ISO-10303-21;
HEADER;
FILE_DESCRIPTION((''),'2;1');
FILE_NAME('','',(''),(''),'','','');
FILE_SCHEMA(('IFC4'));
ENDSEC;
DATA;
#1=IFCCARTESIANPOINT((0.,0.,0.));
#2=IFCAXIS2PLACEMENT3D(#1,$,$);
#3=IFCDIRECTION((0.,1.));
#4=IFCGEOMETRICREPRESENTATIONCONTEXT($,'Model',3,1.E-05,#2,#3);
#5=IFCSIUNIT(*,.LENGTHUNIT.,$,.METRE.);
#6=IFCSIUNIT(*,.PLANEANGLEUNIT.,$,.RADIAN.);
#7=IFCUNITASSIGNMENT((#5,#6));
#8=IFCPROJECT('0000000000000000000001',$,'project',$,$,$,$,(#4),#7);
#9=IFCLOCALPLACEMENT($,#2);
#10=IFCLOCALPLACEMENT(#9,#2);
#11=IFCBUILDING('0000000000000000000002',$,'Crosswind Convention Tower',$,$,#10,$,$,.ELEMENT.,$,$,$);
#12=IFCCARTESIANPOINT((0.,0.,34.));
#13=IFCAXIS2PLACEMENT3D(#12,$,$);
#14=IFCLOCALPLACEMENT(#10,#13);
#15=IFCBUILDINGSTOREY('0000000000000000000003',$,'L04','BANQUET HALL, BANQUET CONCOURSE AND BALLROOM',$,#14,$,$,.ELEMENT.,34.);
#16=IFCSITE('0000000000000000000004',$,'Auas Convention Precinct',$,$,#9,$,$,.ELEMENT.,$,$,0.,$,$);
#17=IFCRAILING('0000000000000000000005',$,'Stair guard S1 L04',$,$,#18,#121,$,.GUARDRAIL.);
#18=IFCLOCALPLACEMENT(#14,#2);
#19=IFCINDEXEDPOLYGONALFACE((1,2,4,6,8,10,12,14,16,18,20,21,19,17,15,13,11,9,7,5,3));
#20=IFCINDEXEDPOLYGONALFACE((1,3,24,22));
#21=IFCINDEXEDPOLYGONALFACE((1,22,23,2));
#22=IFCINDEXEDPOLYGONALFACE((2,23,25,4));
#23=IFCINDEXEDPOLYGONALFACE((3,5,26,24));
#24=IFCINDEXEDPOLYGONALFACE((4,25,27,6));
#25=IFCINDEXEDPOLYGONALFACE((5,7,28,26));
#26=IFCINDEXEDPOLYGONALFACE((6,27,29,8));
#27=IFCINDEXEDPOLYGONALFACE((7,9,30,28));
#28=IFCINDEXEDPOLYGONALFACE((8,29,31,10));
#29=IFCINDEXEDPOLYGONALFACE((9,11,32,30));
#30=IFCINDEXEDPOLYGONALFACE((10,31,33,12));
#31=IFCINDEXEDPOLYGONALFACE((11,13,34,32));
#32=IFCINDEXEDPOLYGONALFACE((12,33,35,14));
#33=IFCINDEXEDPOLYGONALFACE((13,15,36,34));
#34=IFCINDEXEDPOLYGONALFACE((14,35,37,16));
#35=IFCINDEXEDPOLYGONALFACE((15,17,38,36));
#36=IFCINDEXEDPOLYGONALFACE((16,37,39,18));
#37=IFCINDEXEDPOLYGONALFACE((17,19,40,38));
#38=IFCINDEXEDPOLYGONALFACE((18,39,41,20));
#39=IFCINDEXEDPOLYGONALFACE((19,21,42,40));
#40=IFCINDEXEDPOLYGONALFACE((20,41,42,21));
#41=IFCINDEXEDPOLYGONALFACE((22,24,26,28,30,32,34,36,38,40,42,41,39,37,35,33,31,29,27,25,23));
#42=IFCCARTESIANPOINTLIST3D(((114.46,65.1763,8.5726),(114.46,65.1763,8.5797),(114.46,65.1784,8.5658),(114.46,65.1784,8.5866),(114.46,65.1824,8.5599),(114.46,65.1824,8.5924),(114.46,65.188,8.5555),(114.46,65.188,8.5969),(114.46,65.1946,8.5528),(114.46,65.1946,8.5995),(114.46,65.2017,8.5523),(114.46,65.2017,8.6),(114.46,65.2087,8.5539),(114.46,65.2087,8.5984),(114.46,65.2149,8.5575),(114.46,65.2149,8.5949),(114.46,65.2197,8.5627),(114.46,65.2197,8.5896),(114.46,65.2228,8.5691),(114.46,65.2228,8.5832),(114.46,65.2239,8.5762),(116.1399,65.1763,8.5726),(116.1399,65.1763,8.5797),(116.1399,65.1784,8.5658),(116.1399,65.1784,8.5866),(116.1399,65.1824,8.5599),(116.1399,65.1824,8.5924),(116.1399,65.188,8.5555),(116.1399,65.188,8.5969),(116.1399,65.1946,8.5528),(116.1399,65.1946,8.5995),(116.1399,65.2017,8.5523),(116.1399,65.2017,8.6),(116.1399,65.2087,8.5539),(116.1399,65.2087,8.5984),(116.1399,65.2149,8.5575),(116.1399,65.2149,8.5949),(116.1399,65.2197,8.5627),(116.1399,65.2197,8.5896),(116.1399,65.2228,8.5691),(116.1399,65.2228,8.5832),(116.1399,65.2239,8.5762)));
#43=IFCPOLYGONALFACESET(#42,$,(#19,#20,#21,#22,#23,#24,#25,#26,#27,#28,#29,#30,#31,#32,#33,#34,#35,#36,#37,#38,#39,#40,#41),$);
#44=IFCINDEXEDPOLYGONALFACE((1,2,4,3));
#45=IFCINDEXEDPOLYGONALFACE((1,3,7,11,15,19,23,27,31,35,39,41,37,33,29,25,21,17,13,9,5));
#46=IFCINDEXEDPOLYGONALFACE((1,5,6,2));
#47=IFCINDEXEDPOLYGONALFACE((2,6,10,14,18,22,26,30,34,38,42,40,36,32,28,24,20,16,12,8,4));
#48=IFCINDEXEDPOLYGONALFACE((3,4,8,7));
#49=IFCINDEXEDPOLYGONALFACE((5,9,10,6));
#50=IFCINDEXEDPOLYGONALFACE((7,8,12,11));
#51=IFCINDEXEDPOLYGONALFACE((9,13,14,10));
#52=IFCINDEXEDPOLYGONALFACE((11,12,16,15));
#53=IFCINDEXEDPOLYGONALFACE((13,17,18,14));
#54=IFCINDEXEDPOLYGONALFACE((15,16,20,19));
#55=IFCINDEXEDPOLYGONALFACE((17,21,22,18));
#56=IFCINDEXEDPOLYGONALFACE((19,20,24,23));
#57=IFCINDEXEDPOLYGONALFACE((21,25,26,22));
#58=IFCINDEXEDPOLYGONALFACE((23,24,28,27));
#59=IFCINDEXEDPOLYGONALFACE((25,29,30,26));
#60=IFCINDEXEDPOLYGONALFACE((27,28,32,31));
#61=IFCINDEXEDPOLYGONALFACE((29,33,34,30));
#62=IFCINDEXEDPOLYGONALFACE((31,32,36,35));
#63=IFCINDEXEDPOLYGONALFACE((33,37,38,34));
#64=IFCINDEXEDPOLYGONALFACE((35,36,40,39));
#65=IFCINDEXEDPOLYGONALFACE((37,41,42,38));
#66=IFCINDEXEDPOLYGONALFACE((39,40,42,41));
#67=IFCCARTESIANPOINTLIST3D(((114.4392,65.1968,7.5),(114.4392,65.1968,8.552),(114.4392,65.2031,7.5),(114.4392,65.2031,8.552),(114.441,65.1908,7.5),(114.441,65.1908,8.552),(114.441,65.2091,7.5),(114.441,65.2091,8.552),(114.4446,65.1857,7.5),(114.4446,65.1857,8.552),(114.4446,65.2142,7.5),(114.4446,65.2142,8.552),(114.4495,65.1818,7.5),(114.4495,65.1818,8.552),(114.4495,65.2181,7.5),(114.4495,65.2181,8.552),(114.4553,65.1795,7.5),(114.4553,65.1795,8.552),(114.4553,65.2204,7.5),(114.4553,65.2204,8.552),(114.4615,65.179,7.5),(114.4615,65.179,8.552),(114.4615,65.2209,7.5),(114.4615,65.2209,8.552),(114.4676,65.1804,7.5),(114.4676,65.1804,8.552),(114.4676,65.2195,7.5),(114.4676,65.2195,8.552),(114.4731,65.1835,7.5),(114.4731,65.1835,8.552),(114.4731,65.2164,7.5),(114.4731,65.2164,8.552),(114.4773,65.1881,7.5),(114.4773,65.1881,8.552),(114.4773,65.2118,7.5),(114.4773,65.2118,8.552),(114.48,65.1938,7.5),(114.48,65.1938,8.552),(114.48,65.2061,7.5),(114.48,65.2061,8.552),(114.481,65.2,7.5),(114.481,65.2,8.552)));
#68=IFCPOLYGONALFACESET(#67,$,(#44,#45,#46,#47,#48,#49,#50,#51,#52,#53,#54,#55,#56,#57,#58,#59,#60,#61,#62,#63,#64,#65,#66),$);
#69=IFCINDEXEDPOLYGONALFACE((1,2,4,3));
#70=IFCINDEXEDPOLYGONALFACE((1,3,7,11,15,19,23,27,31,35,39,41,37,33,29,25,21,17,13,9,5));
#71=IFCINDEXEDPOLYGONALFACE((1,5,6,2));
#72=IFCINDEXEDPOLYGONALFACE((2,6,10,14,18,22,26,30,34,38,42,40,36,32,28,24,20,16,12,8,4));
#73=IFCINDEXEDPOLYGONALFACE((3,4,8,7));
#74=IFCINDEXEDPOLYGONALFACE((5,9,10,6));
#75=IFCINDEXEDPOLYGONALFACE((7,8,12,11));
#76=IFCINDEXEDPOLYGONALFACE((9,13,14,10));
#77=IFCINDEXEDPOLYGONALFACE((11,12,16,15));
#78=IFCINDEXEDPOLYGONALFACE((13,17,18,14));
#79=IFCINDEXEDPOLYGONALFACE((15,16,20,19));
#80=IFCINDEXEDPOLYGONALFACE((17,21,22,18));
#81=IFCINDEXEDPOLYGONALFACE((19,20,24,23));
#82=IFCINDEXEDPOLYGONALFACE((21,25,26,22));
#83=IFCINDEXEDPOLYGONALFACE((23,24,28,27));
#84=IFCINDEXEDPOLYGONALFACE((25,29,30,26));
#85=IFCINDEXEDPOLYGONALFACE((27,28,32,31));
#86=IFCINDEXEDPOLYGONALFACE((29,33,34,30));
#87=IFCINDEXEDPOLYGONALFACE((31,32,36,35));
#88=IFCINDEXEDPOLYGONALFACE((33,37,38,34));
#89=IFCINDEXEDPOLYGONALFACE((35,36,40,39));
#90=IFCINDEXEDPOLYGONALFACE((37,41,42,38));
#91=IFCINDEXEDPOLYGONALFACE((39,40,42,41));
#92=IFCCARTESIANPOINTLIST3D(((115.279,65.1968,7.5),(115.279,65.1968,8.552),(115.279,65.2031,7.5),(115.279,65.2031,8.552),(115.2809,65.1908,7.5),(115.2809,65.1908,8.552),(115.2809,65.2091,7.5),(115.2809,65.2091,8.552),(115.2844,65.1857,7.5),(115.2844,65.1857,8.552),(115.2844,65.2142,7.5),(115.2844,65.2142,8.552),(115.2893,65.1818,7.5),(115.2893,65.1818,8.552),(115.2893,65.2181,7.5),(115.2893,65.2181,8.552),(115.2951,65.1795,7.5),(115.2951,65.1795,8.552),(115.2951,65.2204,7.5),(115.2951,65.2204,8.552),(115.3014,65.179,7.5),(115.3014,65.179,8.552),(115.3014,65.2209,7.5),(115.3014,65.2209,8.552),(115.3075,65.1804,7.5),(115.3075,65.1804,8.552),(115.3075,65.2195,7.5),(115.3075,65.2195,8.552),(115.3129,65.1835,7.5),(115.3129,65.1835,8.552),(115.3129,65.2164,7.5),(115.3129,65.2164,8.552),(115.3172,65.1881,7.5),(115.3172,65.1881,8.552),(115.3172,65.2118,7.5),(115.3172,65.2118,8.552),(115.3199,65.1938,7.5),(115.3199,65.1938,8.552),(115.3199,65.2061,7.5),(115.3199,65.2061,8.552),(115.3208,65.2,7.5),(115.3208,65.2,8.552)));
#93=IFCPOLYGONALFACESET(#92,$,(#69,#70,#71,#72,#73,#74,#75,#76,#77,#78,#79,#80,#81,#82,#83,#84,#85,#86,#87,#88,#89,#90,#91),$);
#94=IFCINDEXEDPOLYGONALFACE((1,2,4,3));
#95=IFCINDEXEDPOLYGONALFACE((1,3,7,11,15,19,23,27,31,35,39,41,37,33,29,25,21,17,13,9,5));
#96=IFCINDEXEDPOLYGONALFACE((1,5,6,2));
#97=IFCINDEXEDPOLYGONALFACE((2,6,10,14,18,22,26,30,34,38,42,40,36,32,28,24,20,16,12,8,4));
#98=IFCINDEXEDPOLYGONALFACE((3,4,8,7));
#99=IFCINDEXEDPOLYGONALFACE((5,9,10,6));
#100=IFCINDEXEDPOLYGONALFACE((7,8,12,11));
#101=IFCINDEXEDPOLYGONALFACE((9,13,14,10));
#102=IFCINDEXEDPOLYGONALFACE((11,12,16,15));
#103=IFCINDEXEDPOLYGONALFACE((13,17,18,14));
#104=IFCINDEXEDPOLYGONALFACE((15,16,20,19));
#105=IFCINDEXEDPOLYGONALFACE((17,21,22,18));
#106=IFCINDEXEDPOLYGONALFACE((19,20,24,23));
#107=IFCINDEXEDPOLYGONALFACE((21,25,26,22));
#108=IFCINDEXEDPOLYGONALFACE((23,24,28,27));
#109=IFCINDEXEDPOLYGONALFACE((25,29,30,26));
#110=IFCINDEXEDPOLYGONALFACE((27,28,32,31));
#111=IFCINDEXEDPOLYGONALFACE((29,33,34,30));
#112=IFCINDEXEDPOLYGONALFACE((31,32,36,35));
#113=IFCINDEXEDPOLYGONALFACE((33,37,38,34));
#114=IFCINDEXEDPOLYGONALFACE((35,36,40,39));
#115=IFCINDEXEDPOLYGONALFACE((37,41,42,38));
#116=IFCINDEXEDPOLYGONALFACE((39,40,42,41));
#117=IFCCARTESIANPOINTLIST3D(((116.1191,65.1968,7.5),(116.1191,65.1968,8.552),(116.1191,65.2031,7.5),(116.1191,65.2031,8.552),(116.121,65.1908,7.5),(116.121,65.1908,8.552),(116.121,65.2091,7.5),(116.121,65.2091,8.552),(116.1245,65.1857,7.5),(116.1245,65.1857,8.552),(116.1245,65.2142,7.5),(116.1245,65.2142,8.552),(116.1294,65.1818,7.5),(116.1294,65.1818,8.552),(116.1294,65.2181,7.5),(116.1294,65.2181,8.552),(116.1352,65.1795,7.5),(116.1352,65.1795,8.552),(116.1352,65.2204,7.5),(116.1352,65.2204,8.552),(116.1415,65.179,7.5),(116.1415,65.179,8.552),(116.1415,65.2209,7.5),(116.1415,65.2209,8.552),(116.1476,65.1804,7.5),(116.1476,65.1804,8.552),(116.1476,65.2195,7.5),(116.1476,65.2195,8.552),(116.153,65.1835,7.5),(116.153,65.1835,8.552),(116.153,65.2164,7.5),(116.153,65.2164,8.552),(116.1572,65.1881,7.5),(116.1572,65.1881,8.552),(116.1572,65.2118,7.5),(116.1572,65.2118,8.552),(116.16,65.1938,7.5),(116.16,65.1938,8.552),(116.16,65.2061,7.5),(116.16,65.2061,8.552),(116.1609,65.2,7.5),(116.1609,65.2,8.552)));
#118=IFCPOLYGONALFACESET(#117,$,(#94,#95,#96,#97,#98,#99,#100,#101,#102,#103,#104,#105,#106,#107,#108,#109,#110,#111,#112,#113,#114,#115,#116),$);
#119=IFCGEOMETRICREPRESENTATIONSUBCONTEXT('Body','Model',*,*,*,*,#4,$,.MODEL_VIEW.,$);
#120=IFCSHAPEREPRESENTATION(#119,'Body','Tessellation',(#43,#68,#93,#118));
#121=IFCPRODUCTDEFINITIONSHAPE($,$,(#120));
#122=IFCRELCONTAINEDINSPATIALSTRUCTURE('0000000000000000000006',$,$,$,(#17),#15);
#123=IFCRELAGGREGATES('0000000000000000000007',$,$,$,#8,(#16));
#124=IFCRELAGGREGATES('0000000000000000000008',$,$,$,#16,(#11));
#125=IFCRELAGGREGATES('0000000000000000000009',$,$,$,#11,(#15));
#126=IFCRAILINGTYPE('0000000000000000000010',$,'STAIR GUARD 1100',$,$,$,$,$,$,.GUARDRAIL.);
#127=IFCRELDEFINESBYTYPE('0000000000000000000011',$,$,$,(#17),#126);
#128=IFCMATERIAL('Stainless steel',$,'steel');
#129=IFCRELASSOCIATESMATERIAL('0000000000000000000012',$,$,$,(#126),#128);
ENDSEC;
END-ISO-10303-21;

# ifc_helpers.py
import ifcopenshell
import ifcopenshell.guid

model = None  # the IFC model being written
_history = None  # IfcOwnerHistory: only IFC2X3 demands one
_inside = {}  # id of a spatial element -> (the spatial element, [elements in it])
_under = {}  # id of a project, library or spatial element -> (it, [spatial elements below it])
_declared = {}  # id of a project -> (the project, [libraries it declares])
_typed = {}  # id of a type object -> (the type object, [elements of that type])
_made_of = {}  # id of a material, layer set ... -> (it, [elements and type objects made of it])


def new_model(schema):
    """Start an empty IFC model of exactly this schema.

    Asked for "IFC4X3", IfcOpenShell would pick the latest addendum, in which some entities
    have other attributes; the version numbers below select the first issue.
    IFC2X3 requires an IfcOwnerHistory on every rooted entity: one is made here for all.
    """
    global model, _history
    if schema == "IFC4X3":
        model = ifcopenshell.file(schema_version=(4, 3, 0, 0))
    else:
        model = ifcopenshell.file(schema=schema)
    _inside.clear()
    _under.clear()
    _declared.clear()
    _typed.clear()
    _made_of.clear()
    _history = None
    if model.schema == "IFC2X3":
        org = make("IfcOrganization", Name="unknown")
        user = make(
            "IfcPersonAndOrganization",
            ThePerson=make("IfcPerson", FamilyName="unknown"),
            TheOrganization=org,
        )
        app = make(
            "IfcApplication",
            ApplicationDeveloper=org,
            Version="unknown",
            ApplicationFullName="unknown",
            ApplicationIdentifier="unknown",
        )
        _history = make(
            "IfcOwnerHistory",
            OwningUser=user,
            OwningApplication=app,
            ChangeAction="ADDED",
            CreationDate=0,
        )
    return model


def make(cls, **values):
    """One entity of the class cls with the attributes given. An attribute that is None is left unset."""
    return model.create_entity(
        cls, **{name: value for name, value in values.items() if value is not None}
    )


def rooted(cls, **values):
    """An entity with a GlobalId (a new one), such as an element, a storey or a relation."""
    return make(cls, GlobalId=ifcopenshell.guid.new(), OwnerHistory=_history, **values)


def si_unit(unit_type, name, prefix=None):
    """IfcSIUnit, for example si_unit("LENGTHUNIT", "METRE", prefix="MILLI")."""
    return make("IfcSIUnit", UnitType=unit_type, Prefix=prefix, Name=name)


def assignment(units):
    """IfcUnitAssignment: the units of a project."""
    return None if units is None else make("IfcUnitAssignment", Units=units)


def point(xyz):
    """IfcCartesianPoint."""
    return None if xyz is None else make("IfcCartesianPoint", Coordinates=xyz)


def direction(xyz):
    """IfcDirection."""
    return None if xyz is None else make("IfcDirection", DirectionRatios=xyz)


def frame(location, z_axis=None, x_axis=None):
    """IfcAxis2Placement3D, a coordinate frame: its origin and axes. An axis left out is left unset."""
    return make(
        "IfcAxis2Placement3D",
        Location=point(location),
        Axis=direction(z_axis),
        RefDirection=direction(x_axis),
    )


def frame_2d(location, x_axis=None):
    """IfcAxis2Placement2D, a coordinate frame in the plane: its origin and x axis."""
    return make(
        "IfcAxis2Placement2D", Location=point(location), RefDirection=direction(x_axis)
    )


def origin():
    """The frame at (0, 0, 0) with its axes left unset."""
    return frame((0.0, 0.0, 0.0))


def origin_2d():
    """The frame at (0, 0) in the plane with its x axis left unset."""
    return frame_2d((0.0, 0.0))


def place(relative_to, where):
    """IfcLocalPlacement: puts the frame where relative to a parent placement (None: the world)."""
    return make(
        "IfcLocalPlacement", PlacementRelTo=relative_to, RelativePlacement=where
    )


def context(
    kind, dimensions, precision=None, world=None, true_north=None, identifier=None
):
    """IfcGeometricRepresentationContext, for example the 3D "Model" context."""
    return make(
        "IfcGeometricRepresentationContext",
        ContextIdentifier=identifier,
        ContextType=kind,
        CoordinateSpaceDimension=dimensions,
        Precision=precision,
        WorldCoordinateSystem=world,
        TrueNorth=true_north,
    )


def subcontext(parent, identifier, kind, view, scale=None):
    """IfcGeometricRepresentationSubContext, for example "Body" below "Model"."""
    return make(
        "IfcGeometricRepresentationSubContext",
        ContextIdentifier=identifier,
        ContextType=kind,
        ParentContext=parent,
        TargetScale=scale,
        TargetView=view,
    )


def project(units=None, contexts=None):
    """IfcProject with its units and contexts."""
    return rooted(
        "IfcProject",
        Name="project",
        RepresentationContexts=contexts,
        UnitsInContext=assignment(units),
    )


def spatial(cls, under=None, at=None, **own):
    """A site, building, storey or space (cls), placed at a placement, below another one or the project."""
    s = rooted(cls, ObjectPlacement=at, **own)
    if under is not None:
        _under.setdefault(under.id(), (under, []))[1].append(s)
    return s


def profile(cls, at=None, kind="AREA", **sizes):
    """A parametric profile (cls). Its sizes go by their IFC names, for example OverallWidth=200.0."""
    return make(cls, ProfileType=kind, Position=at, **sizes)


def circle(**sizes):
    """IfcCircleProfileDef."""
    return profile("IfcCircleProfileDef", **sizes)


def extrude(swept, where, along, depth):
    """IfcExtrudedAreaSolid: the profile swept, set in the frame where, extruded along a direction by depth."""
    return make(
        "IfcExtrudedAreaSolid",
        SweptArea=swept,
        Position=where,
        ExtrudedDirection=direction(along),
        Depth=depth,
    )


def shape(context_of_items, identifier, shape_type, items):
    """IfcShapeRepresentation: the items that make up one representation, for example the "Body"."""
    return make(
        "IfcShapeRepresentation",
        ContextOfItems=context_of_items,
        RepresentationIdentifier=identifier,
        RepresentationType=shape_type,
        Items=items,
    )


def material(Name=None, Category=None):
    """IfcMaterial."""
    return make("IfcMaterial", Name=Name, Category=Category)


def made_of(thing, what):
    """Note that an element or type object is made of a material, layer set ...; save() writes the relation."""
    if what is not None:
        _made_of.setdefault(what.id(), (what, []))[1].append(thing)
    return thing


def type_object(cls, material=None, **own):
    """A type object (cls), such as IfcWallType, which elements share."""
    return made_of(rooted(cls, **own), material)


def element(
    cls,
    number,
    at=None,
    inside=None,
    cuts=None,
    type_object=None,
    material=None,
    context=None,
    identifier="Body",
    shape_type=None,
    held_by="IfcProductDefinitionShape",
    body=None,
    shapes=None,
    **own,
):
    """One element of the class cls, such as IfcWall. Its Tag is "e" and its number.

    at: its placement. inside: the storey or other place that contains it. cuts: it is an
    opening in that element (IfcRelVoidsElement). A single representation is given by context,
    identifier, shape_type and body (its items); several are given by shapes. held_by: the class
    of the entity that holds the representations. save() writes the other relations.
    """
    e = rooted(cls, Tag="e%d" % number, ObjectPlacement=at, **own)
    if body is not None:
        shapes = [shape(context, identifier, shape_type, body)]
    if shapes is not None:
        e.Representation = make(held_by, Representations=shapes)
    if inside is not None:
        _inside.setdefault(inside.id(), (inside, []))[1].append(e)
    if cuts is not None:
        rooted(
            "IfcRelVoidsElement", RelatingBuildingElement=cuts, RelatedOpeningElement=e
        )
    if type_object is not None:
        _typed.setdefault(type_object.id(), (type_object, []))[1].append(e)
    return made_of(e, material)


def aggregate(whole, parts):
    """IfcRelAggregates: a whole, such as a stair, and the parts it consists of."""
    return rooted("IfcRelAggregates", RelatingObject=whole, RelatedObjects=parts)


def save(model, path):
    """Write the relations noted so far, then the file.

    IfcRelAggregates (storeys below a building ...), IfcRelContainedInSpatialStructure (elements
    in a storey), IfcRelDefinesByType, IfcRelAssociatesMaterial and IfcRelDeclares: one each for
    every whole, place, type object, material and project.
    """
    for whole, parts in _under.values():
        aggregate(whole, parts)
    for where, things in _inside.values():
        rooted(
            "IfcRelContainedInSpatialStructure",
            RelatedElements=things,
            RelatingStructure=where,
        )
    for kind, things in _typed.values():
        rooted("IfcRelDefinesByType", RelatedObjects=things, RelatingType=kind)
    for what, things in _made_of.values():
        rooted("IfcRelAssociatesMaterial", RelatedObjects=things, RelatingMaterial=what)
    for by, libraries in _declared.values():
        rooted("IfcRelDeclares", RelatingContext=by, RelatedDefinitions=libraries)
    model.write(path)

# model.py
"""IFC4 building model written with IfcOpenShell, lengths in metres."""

from ifc_helpers import new_model, si_unit, direction, frame, origin, origin_2d, place, context, subcontext, project, spatial, circle, extrude, material, type_object, element, save


model = new_model("IFC4")

# Units and contexts
model_context = context("Model", 3, precision=1e-05, world=origin(), true_north=direction((0.0, 1.0)))
body_context = subcontext(model_context, "Body", "Model", "MODEL_VIEW")
ifc_project = project(units=[si_unit("LENGTHUNIT", "METRE"), si_unit("PLANEANGLEUNIT", "RADIAN")], contexts=[model_context])

# Site, building, storey
site_placement = place(None, origin())
site = spatial("IfcSite", under=ifc_project, at=site_placement, Name="Auas Convention Precinct", CompositionType="ELEMENT", RefElevation=0.0)
building_placement = place(site_placement, origin())
building = spatial("IfcBuilding", under=site, at=building_placement, Name="Crosswind Convention Tower", CompositionType="ELEMENT")
storey_placement = place(building_placement, frame((0.0, 0.0, 34.0)))
storey = spatial("IfcBuildingStorey", under=building, at=storey_placement, Name="L04", Description="BANQUET HALL, BANQUET CONCOURSE AND BALLROOM", CompositionType="ELEMENT", Elevation=34.0)

# Railing
ifc_material_1 = material(Name="Stainless steel", Category="steel")
railing_type_1 = type_object("IfcRailingType", Name="STAIR GUARD 1100", PredefinedType="GUARDRAIL", material=ifc_material_1)
railing_placement = place(storey_placement, frame((114.46, 65.2, 7.5)))
element("IfcRailing", 1, at=railing_placement, inside=storey, type_object=railing_type_1, Name="Stair guard S1 L04", PredefinedType="GUARDRAIL", context=body_context, shape_type="SweptSolid", body=[
    extrude(circle(Radius=0.0239, at=origin_2d()), frame((0.0, 0.0, 1.0762), z_axis=(1.0, 0.0, 0.0), x_axis=(0.0, 1.0, 0.0)), (0.0, 0.0, 1.0), 1.6799),
    extrude(circle(Radius=0.021, at=origin_2d()), origin(), (0.0, 0.0, 1.0), 1.052),
    extrude(circle(Radius=0.021, at=origin_2d()), frame((0.8398, 0.0, 0.0)), (0.0, 0.0, 1.0), 1.052),
    extrude(circle(Radius=0.021, at=origin_2d()), frame((1.6799, 0.0, 0.0)), (0.0, 0.0, 1.0), 1.052),
])

save(model, "model.ifc")
